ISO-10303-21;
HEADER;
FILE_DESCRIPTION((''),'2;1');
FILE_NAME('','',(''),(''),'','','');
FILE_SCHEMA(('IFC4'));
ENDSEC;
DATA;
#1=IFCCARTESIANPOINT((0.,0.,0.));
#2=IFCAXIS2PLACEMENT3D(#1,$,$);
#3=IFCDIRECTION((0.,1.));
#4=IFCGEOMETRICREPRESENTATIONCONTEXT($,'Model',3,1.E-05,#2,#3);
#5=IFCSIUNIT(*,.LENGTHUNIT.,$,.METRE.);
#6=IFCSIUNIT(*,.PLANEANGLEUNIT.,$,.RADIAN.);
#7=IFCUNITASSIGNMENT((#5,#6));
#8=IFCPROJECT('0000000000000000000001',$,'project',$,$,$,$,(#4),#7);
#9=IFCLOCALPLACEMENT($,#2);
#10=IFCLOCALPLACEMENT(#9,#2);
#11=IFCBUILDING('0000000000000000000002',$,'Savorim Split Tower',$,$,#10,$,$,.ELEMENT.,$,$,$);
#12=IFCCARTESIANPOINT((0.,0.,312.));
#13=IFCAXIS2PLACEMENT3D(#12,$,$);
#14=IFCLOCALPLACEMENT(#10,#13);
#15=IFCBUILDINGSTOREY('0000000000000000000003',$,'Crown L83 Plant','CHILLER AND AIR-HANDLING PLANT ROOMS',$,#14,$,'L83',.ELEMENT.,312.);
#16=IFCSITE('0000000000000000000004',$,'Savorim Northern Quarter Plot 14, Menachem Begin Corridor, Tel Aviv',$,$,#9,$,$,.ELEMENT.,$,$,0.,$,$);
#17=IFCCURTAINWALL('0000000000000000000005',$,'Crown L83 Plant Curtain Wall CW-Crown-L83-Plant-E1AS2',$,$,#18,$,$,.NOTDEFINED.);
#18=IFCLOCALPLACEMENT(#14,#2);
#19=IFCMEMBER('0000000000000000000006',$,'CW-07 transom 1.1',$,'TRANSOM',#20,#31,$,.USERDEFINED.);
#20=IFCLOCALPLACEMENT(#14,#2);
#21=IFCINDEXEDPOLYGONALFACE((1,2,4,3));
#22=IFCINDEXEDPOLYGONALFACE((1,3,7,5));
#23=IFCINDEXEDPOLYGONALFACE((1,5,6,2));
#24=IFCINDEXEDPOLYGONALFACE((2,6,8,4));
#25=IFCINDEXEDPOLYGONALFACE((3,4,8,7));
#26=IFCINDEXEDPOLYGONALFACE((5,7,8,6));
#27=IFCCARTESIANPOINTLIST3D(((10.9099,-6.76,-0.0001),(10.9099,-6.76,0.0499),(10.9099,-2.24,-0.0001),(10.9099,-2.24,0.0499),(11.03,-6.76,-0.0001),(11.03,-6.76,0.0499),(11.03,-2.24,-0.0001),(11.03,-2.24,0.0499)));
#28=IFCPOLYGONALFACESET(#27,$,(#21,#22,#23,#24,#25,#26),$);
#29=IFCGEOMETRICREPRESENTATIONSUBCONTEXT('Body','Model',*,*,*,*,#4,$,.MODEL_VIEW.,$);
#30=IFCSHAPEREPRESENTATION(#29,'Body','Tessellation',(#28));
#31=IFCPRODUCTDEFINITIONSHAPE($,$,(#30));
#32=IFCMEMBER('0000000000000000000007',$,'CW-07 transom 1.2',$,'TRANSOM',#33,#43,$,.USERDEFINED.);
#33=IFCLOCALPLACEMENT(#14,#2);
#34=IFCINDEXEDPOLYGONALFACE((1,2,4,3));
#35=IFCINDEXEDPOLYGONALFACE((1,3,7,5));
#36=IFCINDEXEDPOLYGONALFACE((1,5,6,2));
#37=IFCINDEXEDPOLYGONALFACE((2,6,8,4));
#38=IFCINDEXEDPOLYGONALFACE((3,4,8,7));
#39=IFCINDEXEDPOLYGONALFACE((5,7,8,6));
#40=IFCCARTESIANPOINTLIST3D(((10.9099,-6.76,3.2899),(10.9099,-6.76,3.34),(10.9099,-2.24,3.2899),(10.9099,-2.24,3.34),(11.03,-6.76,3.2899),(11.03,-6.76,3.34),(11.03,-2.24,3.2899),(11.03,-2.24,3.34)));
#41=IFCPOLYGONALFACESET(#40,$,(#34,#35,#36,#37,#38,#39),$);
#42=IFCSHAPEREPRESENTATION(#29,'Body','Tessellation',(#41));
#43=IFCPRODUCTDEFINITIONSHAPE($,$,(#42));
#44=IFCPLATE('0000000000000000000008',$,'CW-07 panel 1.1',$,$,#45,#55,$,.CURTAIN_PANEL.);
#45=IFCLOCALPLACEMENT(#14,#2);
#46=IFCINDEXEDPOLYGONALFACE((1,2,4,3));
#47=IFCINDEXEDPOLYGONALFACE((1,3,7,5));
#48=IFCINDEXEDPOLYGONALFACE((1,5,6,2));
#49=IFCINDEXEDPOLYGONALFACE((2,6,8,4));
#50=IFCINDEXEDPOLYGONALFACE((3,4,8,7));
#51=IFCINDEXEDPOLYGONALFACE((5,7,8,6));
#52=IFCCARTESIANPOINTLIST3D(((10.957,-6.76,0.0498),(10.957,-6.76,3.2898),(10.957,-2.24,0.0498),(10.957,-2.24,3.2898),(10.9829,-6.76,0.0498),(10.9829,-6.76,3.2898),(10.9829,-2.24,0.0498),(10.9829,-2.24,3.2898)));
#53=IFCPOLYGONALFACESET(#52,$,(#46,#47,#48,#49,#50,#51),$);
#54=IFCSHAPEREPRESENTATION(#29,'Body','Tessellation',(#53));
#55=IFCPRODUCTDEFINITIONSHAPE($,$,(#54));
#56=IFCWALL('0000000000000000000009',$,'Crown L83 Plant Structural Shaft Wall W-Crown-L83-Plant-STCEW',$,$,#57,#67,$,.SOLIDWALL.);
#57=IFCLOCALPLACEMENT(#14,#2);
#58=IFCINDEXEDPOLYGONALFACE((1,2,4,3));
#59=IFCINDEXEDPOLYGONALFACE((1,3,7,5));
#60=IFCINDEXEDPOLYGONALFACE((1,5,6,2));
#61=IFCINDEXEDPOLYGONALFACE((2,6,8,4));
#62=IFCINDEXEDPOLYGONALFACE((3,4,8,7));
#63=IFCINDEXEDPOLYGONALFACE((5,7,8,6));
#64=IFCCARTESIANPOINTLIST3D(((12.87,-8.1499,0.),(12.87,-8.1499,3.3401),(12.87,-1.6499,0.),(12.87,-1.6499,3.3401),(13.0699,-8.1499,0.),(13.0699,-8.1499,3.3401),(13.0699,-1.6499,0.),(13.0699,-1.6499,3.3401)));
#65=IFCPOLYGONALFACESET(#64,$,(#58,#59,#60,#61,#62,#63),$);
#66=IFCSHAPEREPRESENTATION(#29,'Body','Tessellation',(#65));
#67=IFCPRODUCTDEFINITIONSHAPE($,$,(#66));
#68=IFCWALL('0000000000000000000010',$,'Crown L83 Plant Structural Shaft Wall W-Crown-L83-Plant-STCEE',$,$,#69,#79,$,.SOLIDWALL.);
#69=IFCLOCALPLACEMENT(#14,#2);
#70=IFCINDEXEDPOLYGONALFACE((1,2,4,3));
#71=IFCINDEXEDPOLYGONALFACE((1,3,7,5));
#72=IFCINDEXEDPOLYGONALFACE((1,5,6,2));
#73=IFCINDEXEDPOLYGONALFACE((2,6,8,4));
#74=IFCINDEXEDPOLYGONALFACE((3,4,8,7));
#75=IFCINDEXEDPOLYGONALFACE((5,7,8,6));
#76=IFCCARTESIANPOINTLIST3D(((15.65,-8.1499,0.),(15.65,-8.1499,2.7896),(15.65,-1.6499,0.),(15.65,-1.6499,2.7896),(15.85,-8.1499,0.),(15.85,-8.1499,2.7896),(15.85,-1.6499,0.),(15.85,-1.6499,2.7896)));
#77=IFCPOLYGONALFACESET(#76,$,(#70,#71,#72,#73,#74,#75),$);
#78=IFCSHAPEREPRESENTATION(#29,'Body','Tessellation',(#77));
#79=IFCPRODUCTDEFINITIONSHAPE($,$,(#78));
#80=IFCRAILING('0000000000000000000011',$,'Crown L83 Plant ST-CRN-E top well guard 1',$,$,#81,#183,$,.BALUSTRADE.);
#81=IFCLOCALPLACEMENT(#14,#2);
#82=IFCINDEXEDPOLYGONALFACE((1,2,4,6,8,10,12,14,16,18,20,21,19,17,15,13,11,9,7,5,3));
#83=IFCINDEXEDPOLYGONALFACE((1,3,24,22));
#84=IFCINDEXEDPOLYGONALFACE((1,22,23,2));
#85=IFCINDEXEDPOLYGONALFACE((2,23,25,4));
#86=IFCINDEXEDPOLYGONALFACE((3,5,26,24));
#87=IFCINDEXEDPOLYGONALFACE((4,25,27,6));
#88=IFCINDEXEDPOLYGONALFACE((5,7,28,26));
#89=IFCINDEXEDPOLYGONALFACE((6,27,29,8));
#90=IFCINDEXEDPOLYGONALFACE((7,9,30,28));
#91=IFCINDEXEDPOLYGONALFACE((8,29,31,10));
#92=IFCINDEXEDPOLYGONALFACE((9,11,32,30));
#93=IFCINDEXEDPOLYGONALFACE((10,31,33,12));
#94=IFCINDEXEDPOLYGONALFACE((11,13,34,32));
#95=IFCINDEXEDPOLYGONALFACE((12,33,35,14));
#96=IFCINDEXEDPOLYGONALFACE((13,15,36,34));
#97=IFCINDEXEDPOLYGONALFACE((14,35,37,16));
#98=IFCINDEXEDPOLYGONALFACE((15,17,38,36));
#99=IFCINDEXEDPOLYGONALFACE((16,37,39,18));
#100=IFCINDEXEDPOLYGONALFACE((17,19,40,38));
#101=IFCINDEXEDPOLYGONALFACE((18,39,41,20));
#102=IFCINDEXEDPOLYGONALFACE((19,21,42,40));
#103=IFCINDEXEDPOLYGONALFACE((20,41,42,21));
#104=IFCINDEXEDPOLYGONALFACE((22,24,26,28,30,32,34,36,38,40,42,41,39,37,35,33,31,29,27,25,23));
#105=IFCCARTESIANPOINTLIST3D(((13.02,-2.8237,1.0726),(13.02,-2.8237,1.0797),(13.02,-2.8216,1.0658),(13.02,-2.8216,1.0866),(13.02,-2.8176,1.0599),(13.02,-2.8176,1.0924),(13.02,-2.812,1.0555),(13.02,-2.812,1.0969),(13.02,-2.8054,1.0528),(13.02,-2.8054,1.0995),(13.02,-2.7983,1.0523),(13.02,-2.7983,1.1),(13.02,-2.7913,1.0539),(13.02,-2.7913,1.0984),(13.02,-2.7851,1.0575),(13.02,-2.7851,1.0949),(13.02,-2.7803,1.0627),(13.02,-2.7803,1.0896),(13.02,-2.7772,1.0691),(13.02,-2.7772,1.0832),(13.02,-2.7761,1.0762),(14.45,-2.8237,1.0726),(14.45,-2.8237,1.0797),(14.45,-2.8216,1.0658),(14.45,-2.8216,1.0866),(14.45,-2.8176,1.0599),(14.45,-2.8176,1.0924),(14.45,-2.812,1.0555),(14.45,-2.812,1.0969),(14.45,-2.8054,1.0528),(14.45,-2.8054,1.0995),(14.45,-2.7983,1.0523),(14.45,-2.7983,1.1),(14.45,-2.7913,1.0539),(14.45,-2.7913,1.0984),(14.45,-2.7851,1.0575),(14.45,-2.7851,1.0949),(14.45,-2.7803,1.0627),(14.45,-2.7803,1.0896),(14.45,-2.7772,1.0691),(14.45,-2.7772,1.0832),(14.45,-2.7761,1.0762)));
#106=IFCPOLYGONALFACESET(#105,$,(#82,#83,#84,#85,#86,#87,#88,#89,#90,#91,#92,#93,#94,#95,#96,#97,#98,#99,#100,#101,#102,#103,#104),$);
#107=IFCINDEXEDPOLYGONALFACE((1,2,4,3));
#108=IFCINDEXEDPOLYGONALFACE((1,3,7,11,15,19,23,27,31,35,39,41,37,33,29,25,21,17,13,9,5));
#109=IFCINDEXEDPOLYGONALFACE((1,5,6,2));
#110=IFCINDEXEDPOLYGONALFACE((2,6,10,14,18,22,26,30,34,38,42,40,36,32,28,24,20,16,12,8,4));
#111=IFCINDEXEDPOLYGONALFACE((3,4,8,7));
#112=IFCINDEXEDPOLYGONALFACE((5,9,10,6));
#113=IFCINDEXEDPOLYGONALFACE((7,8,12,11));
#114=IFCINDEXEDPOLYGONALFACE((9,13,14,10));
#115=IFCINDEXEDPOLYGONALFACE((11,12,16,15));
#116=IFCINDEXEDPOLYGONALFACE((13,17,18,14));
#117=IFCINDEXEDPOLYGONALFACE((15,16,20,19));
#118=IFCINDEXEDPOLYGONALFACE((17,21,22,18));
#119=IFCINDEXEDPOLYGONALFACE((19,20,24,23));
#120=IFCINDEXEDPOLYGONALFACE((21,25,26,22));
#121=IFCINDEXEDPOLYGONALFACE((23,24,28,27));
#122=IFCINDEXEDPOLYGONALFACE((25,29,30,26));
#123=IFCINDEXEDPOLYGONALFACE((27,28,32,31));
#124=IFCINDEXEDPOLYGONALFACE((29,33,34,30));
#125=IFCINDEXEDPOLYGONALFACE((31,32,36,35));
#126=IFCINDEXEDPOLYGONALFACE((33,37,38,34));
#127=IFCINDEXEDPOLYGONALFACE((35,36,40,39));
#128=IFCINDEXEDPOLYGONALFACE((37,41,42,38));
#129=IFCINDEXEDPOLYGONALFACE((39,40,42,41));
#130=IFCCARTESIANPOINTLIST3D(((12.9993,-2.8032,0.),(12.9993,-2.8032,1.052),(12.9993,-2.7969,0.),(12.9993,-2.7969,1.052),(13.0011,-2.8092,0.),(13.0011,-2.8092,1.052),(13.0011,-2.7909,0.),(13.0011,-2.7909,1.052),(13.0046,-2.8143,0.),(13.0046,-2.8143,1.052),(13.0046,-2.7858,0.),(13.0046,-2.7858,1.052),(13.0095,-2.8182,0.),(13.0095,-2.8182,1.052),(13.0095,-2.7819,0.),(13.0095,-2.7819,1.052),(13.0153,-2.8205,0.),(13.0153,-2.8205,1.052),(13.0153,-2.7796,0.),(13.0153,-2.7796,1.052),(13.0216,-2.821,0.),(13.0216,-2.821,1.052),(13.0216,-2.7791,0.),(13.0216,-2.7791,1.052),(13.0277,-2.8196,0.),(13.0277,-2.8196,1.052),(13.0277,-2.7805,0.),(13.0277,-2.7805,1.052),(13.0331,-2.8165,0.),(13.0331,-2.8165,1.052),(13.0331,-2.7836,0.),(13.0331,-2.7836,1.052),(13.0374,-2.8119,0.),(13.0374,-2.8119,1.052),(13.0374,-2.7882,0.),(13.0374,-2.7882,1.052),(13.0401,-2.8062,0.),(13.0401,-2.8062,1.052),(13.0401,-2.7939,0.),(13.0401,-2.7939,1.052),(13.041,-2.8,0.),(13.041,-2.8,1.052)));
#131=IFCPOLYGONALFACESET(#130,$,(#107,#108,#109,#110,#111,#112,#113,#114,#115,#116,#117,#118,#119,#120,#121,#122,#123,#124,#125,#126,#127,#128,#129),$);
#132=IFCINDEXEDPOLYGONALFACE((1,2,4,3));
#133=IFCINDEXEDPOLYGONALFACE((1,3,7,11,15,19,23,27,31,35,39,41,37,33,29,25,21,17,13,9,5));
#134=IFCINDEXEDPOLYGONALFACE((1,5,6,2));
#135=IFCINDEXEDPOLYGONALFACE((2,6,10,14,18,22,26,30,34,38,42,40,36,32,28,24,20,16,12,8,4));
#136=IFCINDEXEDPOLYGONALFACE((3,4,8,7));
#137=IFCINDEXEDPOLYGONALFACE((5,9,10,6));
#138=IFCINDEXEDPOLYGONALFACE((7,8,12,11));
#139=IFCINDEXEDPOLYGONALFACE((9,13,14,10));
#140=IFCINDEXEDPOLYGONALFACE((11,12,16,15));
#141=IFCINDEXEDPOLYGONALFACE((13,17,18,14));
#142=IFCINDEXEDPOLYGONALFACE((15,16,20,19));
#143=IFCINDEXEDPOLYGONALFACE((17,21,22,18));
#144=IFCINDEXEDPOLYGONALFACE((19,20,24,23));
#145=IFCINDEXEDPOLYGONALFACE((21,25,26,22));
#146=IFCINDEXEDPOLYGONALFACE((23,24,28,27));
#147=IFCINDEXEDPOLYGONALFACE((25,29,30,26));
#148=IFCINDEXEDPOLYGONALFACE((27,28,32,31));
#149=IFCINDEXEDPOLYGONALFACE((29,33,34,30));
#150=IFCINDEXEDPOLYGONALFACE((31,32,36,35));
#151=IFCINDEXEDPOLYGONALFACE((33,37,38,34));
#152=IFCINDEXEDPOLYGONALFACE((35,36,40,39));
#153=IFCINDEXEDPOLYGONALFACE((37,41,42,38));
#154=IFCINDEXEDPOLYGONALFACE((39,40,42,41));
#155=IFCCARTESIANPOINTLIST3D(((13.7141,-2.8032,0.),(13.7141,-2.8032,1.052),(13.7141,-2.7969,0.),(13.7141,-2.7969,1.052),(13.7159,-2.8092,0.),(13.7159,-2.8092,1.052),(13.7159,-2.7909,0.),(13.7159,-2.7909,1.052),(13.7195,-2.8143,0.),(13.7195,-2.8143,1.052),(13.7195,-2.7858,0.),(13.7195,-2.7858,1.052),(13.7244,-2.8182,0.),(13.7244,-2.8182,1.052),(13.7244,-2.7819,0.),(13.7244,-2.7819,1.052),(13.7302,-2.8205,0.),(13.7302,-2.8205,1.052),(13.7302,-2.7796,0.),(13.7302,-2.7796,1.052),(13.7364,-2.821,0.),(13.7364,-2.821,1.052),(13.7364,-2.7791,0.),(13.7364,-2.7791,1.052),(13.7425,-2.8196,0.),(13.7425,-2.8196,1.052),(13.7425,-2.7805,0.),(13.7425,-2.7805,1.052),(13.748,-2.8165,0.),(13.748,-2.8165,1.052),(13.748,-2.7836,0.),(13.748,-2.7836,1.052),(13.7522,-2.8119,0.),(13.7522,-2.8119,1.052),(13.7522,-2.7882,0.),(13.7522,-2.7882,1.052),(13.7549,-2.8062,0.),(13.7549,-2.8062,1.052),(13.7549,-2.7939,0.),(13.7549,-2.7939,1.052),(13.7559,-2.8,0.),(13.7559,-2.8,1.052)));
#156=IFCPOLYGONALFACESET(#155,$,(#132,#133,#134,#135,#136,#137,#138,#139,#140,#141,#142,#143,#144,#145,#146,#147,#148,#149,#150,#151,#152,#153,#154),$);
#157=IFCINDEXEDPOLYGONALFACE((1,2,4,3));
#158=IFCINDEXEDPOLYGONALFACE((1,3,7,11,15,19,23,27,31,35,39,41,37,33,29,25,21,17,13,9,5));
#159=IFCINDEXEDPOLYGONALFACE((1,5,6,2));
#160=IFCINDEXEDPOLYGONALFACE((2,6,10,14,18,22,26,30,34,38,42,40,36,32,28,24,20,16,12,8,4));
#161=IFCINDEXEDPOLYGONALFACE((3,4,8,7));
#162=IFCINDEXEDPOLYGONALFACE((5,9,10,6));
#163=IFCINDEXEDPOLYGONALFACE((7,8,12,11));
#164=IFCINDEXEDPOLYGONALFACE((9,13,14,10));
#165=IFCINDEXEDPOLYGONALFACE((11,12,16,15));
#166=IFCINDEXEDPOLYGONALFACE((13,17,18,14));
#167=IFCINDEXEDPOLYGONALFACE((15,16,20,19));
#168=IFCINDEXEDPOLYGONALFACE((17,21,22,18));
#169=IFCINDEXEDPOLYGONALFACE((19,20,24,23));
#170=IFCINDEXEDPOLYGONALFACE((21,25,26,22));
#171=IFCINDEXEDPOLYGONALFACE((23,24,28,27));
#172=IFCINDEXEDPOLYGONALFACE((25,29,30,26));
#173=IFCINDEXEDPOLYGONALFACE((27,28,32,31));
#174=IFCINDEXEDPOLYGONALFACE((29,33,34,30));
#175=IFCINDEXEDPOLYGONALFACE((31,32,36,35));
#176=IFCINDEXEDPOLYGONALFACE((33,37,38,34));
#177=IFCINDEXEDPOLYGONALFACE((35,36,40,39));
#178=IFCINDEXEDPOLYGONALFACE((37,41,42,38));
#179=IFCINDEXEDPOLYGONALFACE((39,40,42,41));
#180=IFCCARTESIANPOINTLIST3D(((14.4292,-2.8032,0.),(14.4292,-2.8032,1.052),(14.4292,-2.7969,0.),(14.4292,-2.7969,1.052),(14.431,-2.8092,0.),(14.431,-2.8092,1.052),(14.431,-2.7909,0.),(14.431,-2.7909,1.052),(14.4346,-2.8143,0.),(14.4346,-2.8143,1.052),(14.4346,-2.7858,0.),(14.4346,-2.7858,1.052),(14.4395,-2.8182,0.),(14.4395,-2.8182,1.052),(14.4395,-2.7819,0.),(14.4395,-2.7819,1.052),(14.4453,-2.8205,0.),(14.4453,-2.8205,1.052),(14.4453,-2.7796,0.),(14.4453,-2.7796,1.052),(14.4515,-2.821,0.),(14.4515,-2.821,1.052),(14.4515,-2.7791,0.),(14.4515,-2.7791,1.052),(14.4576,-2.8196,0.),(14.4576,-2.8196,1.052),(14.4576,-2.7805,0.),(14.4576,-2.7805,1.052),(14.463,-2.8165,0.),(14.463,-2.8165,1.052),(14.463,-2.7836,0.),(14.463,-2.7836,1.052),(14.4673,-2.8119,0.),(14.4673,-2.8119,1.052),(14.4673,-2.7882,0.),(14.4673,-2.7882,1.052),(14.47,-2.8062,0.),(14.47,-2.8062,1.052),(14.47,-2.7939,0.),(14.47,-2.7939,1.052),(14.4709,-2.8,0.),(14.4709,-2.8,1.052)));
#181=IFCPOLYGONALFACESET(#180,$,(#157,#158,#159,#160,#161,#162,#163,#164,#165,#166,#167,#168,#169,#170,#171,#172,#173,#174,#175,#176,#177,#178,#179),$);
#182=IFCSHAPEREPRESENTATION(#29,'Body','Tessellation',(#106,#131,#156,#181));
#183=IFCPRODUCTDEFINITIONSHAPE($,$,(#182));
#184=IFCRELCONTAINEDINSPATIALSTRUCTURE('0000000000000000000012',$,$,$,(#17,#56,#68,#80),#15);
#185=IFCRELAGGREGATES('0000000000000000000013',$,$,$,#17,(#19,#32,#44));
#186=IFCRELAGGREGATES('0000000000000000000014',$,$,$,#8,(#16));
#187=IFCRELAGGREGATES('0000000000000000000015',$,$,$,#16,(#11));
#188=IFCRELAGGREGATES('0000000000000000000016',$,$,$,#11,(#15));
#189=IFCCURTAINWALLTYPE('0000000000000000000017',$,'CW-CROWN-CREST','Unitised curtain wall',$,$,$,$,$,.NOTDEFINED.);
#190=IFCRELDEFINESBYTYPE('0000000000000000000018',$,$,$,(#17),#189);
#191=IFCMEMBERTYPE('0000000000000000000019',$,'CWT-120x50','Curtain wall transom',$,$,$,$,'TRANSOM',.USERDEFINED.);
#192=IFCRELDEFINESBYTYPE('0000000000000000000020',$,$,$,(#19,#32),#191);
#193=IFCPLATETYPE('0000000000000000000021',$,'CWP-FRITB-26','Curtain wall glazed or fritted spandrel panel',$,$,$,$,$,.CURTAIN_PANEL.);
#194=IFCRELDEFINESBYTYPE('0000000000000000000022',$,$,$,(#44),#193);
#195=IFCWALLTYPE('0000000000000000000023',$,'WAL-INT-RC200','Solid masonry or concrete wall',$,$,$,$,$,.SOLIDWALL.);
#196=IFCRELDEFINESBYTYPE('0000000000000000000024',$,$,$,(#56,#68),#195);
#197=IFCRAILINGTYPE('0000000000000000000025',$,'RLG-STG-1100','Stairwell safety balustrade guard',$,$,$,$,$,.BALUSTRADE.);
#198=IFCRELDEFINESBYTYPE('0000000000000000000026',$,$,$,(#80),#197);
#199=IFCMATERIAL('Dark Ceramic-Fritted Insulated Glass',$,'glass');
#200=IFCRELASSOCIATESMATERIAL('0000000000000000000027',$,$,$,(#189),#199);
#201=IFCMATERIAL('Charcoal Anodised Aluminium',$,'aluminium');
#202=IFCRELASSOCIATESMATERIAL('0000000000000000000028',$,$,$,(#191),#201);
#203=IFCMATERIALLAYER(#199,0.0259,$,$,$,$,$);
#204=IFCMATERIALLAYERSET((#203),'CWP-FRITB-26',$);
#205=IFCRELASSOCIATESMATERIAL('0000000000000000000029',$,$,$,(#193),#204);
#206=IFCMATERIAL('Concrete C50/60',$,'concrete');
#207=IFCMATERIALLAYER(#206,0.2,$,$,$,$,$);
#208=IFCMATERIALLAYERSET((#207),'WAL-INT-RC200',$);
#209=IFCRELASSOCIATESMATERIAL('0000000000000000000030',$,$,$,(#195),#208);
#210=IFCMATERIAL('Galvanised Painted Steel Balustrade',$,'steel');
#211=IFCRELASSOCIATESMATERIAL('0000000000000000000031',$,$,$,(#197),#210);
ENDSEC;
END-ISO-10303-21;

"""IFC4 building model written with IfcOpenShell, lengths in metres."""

from ifc_helpers import new_model, si_unit, direction, frame, frame_2d, origin, origin_2d, place, context, subcontext, project, spatial, rectangle, circle, extrude, material, layer, layer_set, material_profile, profile_set, type_object, element, aggregate, save


model = new_model("IFC4")

# Units and contexts
model_context = context("Model", 3, precision=1e-05, world=origin(), true_north=direction((0.0, 1.0)))
body_context = subcontext(model_context, "Body", "Model", "MODEL_VIEW")
ifc_project = project(units=[si_unit("LENGTHUNIT", "METRE"), si_unit("PLANEANGLEUNIT", "RADIAN")], contexts=[model_context])

# Site, building, storey
site_placement = place(None, origin())
site = spatial("IfcSite", under=ifc_project, at=site_placement, Name="Savorim Northern Quarter Plot 14, Menachem Begin Corridor, Tel Aviv", CompositionType="ELEMENT", RefElevation=0.0)
building_placement = place(site_placement, origin())
building = spatial("IfcBuilding", under=site, at=building_placement, Name="Savorim Split Tower", CompositionType="ELEMENT")
storey_placement = place(building_placement, frame((0.0, 0.0, 312.0)))
storey = spatial("IfcBuildingStorey", under=building, at=storey_placement, Name="Crown L83 Plant", Description="CHILLER AND AIR-HANDLING PLANT ROOMS", LongName="L83", CompositionType="ELEMENT", Elevation=312.0)

# Shared definitions
ifc_material_1 = material(Name="Dark Ceramic-Fritted Insulated Glass", Category="glass")
curtain_wall_type = type_object("IfcCurtainWallType", Name="CW-CROWN-CREST", Description="Unitised curtain wall", PredefinedType="NOTDEFINED", material=ifc_material_1)
ifc_material_2 = material(Name="Charcoal Anodised Aluminium", Category="aluminium")

# Curtain wall
curtain_wall_1_placement = place(storey_placement, origin())
curtain_wall_1 = element("IfcCurtainWall", 1, at=curtain_wall_1_placement, inside=storey, type_object=curtain_wall_type, Name="Crown L83 Plant Curtain Wall CW-Crown-L83-Plant-E1AS2", PredefinedType="NOTDEFINED")

# Members
ifc_material_profile_1 = material_profile(ifc_material_2, rectangle(XDim=0.1201, YDim=0.05, at=origin_2d()), Name="ALU-T 120x50")
ifc_profile_set_1 = profile_set([ifc_material_profile_1], Name="Charcoal Anodised Aluminium")
member_type_1 = type_object("IfcMemberType", Name="CWT-120x50", Description="Curtain wall transom", ElementType="TRANSOM", PredefinedType="USERDEFINED", material=ifc_profile_set_1)
member_1_placement = place(storey_placement, frame((10.97, -2.24, 0.0249), z_axis=(0.0, -1.0, 0.0), x_axis=(1.0, 0.0, 0.0)))
member_1 = element("IfcMember", 2, at=member_1_placement, type_object=member_type_1, Name="CW-07 transom 1.1", ObjectType="TRANSOM", PredefinedType="USERDEFINED", context=body_context, shape_type="SweptSolid", body=[
    extrude(rectangle(XDim=0.1201, YDim=0.05, at=origin_2d()), origin(), (0.0, 0.0, 1.0), 4.52),
])
member_2_placement = place(storey_placement, frame((10.97, -2.24, 3.3149), z_axis=(0.0, -1.0, 0.0), x_axis=(1.0, 0.0, 0.0)))
member_2 = element("IfcMember", 3, at=member_2_placement, type_object=member_type_1, Name="CW-07 transom 1.2", ObjectType="TRANSOM", PredefinedType="USERDEFINED", context=body_context, shape_type="SweptSolid", body=[
    extrude(rectangle(XDim=0.1201, YDim=0.05, at=origin_2d()), origin(), (0.0, 0.0, 1.0), 4.52),
])

# Plate
ifc_layer_1 = layer(ifc_material_1, 0.0259)
ifc_layer_set_1 = layer_set([ifc_layer_1], Name="CWP-FRITB-26")
plate_type = type_object("IfcPlateType", Name="CWP-FRITB-26", Description="Curtain wall glazed or fritted spandrel panel", PredefinedType="CURTAIN_PANEL", material=ifc_layer_set_1)
plate_placement = place(storey_placement, frame((10.97, -4.5, 0.0498), z_axis=(0.0, 0.0, 1.0), x_axis=(0.0, -1.0, 0.0)))
plate = element("IfcPlate", 4, at=plate_placement, type_object=plate_type, Name="CW-07 panel 1.1", PredefinedType="CURTAIN_PANEL", context=body_context, shape_type="SweptSolid", body=[
    extrude(rectangle(XDim=4.52, YDim=0.0259, at=origin_2d()), origin(), (0.0, 0.0, 1.0), 3.24),
])
aggregate(curtain_wall_1, [member_1, member_2, plate])

# Shared definitions
ifc_material_3 = material(Name="Concrete C50/60", Category="concrete")
ifc_layer_2 = layer(ifc_material_3, 0.2)
ifc_layer_set_2 = layer_set([ifc_layer_2], Name="WAL-INT-RC200")
wall_type = type_object("IfcWallType", Name="WAL-INT-RC200", Description="Solid masonry or concrete wall", PredefinedType="SOLIDWALL", material=ifc_layer_set_2)

# Walls
wall_1_placement = place(storey_placement, frame((12.97, -8.1499, 0.0), z_axis=(0.0, 0.0, 1.0), x_axis=(0.0, 1.0, 0.0)))
element("IfcWall", 5, at=wall_1_placement, inside=storey, type_object=wall_type, Name="Crown L83 Plant Structural Shaft Wall W-Crown-L83-Plant-STCEW", PredefinedType="SOLIDWALL", context=body_context, shape_type="SweptSolid", body=[
    extrude(rectangle(XDim=6.5, YDim=0.2, at=frame_2d((3.25, 0.0))), origin(), (0.0, 0.0, 1.0), 3.3401),
])
wall_2_placement = place(storey_placement, frame((15.75, -8.1499, 0.0), z_axis=(0.0, 0.0, 1.0), x_axis=(0.0, 1.0, 0.0)))
element("IfcWall", 6, at=wall_2_placement, inside=storey, type_object=wall_type, Name="Crown L83 Plant Structural Shaft Wall W-Crown-L83-Plant-STCEE", PredefinedType="SOLIDWALL", context=body_context, shape_type="SweptSolid", body=[
    extrude(rectangle(XDim=6.5, YDim=0.2, at=frame_2d((3.25, 0.0))), origin(), (0.0, 0.0, 1.0), 2.7896),
])

# Railing
ifc_material_4 = material(Name="Galvanised Painted Steel Balustrade", Category="steel")
railing_type = type_object("IfcRailingType", Name="RLG-STG-1100", Description="Stairwell safety balustrade guard", PredefinedType="BALUSTRADE", material=ifc_material_4)
railing_placement = place(storey_placement, frame((13.02, -2.8, 0.0)))
element("IfcRailing", 7, at=railing_placement, inside=storey, type_object=railing_type, Name="Crown L83 Plant ST-CRN-E top well guard 1", PredefinedType="BALUSTRADE", context=body_context, shape_type="SweptSolid", body=[
    extrude(circle(Radius=0.0239, at=origin_2d()), frame((0.0, 0.0, 1.0762), z_axis=(1.0, 0.0, 0.0), x_axis=(0.0, 1.0, 0.0)), (0.0, 0.0, 1.0), 1.4299),
    extrude(circle(Radius=0.021, at=origin_2d()), origin(), (0.0, 0.0, 1.0), 1.052),
    extrude(circle(Radius=0.021, at=origin_2d()), frame((0.7148, 0.0, 0.0)), (0.0, 0.0, 1.0), 1.052),
    extrude(circle(Radius=0.021, at=origin_2d()), frame((1.4299, 0.0, 0.0)), (0.0, 0.0, 1.0), 1.052),
])

save(model, "model.ifc")
